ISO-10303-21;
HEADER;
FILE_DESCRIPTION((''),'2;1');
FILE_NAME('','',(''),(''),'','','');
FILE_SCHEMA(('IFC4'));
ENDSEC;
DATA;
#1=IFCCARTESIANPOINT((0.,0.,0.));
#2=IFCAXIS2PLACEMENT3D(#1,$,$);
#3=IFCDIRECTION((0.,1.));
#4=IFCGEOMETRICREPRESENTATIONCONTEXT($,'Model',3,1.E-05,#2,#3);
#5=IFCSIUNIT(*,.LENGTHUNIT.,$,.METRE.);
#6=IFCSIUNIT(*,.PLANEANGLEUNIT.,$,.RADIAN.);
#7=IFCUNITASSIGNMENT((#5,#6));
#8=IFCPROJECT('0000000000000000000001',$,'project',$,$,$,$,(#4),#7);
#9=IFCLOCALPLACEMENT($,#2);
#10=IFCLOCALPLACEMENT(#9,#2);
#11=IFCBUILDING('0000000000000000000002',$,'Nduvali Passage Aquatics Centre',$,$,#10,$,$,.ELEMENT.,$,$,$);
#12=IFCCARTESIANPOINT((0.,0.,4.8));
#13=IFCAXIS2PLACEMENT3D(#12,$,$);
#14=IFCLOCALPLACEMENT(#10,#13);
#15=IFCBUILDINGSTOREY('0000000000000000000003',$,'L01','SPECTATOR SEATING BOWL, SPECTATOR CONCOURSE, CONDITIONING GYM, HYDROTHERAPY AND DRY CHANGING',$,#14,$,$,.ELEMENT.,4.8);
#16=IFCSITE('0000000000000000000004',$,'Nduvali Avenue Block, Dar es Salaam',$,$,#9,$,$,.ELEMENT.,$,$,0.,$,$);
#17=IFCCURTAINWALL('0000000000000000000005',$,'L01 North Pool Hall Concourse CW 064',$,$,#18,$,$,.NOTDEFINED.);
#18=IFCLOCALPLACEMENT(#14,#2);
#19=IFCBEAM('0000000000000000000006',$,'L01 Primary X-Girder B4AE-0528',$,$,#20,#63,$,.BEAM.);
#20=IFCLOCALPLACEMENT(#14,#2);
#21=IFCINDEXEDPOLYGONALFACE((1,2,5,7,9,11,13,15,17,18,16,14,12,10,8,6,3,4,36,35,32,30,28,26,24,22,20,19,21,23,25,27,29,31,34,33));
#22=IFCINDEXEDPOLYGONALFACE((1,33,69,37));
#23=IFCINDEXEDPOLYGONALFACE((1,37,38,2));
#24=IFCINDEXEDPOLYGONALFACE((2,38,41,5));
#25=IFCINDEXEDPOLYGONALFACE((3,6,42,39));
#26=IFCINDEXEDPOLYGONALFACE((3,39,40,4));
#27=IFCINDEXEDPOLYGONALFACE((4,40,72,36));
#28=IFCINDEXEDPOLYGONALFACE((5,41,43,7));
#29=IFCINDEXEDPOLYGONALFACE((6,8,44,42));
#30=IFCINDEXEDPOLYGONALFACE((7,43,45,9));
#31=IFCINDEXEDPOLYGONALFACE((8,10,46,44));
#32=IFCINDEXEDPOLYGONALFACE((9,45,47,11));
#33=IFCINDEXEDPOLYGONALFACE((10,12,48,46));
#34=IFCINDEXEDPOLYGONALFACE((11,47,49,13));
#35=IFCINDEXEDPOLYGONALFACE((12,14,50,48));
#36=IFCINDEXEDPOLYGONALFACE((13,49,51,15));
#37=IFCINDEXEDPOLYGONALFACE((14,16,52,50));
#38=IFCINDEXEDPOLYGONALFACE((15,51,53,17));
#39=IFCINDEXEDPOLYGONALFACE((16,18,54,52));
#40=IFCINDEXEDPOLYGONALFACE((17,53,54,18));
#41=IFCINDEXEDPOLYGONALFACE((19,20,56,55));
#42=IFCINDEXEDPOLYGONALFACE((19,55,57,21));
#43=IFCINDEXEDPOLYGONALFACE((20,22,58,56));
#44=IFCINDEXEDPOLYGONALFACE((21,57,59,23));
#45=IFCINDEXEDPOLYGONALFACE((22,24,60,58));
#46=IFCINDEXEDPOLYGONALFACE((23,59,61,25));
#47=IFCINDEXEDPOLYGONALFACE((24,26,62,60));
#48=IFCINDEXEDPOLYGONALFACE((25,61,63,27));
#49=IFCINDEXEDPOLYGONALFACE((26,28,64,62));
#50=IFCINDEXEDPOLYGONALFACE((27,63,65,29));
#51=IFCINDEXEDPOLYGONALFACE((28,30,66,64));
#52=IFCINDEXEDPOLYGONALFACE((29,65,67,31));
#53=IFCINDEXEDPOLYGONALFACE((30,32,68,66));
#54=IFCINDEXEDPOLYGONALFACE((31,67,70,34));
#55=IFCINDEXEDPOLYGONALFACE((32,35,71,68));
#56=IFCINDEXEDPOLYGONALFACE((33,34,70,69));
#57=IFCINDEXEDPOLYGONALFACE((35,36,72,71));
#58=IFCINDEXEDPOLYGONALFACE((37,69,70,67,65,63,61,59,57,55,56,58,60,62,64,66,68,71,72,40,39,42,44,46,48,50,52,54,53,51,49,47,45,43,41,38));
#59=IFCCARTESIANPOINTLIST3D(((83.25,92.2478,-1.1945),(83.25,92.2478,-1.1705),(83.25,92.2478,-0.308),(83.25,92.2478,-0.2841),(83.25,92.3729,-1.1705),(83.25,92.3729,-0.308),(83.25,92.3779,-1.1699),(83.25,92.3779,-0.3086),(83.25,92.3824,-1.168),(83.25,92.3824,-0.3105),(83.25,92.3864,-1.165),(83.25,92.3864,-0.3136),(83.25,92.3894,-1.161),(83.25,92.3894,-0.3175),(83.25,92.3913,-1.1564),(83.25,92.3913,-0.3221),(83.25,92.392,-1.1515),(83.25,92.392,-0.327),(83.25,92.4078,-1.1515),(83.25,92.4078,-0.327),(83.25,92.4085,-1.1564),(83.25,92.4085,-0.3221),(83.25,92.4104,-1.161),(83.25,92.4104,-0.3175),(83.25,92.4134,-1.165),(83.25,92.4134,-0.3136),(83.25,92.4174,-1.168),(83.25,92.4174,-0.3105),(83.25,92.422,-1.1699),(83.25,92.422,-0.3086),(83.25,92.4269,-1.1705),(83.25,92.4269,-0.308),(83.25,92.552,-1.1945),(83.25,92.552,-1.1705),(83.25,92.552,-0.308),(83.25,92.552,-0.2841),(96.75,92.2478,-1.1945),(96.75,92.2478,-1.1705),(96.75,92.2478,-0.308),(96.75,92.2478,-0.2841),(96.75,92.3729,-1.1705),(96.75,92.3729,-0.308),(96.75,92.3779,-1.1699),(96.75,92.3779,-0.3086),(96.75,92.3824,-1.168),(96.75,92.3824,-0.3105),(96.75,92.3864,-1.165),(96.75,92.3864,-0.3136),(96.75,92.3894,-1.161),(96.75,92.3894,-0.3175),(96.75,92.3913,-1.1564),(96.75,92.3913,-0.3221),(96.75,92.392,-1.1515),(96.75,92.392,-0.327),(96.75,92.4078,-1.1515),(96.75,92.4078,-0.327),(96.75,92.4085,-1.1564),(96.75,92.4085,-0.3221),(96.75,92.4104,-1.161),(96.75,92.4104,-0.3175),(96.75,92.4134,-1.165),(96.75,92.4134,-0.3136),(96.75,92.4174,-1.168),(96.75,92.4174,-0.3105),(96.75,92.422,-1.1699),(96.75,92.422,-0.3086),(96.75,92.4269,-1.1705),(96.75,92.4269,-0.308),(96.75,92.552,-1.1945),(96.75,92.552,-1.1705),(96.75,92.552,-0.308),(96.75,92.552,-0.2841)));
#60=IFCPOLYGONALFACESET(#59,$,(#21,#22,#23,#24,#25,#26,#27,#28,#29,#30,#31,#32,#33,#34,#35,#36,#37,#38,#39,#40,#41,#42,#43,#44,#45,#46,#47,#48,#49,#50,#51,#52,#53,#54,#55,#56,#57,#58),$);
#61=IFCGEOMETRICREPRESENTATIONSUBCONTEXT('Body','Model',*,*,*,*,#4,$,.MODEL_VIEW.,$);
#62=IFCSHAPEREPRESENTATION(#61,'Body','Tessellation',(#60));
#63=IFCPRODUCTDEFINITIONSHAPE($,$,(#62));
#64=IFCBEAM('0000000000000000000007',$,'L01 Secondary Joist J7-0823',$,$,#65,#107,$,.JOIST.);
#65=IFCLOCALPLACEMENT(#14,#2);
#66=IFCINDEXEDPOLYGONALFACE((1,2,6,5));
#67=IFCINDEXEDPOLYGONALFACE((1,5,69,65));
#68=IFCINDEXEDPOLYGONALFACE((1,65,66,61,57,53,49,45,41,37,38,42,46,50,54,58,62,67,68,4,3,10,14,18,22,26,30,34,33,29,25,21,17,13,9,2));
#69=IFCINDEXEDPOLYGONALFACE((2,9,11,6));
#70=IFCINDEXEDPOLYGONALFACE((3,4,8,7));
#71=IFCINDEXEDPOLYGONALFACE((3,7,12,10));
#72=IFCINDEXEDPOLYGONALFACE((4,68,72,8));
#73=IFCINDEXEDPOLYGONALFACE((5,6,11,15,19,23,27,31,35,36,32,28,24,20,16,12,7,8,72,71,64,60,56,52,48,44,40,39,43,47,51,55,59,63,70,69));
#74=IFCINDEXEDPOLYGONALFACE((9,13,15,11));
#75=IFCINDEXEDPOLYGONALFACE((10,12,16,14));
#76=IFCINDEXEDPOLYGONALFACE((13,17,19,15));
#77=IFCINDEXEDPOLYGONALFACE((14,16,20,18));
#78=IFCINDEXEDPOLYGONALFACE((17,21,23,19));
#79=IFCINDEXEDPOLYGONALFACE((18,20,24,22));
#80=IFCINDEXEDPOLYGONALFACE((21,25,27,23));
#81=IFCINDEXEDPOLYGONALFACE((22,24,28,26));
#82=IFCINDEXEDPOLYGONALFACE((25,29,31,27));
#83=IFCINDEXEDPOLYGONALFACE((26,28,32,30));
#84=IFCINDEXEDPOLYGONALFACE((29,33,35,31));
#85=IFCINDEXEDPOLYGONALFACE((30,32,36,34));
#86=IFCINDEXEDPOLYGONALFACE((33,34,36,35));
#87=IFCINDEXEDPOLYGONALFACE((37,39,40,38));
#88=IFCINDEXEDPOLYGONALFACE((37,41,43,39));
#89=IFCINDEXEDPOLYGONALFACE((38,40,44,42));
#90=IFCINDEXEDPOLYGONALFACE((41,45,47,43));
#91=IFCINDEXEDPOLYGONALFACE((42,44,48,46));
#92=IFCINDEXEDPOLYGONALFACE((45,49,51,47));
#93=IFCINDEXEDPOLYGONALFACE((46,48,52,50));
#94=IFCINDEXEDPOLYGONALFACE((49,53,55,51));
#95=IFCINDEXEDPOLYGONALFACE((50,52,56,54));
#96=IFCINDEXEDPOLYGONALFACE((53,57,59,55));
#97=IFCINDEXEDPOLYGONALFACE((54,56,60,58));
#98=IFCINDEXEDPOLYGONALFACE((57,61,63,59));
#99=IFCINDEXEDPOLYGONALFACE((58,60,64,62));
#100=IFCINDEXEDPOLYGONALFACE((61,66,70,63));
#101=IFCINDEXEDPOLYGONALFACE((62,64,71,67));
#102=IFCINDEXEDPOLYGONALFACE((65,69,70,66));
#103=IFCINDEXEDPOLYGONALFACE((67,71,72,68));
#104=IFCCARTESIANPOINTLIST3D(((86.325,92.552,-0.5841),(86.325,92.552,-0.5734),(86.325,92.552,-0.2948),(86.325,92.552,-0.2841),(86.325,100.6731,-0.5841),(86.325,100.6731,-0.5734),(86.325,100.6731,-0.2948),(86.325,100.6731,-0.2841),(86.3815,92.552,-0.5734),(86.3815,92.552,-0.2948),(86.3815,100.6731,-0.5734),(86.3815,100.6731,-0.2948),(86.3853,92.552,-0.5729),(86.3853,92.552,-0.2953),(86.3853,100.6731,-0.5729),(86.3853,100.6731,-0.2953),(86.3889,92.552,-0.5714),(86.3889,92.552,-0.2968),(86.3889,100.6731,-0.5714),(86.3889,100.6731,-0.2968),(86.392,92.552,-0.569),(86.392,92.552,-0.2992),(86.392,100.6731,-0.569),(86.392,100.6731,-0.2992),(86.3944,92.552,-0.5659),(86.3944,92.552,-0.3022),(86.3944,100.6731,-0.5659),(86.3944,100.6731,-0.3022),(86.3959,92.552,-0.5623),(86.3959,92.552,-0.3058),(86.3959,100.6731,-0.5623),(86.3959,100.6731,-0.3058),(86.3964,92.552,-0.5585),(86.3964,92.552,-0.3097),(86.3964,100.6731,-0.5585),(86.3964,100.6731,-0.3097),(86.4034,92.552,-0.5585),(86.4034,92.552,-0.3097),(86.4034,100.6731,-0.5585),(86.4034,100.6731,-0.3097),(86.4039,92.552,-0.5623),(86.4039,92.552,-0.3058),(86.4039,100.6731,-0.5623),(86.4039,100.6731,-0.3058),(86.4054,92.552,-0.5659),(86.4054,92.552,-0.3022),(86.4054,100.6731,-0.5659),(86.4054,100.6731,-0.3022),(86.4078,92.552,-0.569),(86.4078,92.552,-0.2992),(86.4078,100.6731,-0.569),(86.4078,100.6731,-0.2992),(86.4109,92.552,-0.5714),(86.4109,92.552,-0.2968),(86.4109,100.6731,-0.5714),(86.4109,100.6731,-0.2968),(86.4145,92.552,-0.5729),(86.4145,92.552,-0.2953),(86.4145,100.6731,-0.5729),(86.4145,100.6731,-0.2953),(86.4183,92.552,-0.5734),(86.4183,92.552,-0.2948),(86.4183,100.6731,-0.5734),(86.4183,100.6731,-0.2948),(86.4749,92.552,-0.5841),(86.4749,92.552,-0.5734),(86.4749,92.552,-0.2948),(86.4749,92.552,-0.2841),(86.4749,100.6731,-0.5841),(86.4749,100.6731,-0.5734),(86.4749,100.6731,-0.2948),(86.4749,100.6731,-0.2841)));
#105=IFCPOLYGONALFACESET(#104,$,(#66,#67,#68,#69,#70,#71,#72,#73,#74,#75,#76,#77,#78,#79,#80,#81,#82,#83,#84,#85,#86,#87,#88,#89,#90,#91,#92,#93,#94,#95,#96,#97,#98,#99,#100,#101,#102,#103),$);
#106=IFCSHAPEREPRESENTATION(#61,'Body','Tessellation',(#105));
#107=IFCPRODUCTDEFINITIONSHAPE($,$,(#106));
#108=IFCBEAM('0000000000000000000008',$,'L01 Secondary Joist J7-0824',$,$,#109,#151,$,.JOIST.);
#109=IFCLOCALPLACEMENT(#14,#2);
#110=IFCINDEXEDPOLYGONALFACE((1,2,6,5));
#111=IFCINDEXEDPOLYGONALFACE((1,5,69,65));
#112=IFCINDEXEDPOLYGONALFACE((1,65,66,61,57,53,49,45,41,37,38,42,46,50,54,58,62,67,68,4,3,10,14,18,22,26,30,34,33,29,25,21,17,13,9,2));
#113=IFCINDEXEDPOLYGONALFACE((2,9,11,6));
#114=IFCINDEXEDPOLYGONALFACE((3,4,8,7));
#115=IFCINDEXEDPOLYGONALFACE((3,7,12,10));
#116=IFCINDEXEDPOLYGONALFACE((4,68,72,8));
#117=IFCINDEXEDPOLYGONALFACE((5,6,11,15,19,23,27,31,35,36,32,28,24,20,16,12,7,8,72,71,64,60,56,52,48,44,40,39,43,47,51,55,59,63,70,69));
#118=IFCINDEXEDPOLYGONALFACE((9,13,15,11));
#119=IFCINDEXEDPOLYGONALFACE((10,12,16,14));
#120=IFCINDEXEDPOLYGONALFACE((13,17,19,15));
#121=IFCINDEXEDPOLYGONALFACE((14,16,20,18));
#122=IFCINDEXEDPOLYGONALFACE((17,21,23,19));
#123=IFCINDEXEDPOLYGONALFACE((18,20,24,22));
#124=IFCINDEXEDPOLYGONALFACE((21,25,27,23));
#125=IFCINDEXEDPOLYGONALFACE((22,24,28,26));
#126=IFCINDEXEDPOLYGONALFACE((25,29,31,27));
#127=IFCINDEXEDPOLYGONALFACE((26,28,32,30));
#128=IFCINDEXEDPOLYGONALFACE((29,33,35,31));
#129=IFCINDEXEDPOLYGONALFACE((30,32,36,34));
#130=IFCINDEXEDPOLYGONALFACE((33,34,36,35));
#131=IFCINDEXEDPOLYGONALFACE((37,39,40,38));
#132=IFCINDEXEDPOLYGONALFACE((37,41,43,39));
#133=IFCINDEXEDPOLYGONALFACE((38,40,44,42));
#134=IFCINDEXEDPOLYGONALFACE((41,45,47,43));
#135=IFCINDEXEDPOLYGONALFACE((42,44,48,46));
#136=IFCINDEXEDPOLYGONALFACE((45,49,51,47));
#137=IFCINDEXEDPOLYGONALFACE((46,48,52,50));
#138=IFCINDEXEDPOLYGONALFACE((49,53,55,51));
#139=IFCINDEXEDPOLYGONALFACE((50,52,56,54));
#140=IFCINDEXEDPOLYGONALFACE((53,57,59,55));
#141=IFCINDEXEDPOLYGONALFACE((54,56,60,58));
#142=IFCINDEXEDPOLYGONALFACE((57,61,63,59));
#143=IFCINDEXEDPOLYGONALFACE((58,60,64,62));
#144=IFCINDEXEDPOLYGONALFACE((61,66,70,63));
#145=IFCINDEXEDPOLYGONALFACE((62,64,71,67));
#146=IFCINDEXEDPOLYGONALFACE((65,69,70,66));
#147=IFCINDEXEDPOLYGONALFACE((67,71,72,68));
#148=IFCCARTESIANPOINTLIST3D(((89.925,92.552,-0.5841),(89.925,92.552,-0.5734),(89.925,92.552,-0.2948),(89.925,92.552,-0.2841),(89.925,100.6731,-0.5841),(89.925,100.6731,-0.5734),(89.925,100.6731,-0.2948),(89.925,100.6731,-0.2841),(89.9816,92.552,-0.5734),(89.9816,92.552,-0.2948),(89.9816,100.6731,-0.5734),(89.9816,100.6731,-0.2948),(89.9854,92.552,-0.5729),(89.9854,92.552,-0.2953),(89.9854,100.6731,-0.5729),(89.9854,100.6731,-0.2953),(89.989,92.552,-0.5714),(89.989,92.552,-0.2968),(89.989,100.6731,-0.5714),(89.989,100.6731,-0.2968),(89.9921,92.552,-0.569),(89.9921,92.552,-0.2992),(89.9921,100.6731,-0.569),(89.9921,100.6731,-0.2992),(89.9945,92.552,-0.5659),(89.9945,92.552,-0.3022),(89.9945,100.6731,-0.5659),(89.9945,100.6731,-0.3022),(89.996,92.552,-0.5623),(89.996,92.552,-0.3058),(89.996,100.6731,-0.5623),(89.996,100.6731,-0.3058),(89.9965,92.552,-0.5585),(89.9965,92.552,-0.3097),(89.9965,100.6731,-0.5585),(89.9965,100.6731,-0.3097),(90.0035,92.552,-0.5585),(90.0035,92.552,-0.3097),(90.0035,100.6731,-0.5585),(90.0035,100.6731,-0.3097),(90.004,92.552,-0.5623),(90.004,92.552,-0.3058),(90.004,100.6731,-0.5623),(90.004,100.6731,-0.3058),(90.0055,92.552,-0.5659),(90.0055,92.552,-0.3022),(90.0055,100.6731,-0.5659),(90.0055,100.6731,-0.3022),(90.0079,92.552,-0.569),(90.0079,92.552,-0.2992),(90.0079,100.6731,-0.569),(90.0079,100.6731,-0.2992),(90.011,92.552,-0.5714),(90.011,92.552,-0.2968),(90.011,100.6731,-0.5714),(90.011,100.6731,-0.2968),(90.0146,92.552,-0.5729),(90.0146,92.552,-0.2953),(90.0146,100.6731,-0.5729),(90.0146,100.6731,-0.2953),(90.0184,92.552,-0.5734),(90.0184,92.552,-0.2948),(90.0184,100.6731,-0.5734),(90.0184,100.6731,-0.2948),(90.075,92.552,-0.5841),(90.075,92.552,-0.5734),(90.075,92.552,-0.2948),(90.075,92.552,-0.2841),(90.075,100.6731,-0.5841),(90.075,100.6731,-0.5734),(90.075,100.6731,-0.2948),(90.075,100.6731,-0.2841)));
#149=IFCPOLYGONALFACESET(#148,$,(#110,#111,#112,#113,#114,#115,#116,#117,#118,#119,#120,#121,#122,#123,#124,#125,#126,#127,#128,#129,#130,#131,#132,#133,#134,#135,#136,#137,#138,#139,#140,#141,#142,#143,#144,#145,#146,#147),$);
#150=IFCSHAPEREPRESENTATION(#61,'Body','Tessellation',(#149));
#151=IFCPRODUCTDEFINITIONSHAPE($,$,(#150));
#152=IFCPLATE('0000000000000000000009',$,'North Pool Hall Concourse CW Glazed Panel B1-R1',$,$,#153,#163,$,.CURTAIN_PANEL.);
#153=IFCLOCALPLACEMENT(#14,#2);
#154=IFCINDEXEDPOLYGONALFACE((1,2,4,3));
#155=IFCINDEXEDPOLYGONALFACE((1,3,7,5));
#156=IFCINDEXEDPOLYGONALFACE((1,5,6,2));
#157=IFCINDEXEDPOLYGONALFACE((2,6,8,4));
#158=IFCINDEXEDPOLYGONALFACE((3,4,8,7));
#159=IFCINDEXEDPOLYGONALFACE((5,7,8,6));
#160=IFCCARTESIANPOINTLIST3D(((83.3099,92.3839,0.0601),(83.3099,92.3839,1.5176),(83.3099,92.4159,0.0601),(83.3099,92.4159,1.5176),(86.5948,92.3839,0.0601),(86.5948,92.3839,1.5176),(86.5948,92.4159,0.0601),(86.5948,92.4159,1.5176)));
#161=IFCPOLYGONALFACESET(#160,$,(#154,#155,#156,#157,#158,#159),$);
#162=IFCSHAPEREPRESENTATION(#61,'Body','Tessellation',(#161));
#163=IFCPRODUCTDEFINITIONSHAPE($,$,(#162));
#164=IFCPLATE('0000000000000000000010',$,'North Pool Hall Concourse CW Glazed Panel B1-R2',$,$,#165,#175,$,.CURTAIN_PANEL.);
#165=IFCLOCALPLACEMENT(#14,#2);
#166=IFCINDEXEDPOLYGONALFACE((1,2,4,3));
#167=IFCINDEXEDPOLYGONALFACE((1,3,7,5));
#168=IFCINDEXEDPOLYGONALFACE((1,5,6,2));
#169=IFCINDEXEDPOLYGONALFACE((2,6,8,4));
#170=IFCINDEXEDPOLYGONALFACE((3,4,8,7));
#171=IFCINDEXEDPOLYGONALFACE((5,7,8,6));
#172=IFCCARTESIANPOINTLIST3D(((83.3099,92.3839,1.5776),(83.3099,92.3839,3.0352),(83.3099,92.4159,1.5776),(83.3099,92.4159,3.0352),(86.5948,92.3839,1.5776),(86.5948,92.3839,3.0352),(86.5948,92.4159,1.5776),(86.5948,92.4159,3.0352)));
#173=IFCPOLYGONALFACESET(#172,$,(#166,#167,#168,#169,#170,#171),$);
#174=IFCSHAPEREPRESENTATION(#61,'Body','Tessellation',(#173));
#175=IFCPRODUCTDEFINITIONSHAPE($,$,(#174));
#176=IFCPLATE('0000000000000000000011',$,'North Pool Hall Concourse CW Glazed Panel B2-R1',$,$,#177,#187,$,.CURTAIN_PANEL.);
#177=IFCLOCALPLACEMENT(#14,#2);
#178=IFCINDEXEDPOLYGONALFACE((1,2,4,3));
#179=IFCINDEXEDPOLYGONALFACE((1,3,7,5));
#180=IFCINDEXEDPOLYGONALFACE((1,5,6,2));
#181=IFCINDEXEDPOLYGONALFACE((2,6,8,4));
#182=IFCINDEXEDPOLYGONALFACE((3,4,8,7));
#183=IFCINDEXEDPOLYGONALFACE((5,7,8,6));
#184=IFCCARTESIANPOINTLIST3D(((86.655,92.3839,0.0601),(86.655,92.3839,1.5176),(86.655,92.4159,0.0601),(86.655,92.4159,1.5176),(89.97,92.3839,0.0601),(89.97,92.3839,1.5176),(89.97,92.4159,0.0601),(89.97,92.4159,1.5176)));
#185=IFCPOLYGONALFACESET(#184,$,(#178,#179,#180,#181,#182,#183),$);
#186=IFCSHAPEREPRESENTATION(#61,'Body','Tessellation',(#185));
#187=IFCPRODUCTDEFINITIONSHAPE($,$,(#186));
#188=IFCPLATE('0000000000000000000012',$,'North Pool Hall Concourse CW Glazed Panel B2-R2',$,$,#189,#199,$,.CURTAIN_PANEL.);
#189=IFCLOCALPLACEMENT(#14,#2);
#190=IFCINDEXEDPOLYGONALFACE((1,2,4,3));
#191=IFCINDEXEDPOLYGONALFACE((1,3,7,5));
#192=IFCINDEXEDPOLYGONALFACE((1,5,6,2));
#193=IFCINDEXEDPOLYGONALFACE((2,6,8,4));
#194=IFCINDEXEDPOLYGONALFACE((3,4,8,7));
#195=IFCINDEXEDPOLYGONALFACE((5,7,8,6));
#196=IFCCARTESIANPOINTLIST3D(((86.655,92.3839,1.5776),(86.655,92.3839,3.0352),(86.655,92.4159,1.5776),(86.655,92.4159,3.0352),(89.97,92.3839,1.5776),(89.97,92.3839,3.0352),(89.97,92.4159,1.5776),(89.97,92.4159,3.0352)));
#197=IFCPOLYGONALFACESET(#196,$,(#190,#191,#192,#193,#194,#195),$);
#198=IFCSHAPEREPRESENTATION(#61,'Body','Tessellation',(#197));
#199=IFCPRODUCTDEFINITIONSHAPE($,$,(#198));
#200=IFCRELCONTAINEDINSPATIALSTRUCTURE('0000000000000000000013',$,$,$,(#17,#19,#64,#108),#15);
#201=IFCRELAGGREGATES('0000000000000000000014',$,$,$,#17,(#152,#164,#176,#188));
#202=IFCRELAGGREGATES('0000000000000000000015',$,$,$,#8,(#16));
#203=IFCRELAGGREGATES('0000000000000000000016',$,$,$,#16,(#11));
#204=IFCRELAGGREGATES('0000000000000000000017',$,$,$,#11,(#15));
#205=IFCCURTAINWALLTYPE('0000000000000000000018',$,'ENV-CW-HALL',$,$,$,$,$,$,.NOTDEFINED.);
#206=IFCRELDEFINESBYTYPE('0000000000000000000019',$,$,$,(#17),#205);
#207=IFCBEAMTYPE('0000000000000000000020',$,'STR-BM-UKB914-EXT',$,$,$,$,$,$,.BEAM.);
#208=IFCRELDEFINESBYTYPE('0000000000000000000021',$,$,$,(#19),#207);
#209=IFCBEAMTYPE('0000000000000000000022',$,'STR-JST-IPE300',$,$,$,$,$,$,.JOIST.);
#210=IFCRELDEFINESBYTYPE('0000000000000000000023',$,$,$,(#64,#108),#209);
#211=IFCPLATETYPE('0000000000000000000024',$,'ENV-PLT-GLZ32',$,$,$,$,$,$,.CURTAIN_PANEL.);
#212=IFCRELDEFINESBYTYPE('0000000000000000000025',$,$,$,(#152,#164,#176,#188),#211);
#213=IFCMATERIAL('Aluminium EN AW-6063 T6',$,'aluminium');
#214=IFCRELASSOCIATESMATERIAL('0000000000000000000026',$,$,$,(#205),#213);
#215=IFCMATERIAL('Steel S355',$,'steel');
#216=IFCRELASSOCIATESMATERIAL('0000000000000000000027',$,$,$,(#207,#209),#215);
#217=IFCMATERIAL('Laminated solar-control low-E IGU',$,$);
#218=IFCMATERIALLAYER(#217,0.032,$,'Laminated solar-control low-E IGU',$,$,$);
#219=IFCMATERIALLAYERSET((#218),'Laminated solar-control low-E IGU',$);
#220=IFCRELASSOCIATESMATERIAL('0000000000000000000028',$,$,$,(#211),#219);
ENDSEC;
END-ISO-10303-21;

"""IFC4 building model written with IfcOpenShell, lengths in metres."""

from ifc_helpers import new_model, si_unit, direction, frame, origin, origin_2d, place, context, subcontext, project, spatial, rectangle, i_section, extrude, material, layer, layer_set, material_profile, profile_set, type_object, element, aggregate, save


model = new_model("IFC4")

# Units and contexts
model_context = context("Model", 3, precision=1e-05, world=origin(), true_north=direction((0.0, 1.0)))
body_context = subcontext(model_context, "Body", "Model", "MODEL_VIEW")
ifc_project = project(units=[si_unit("LENGTHUNIT", "METRE"), si_unit("PLANEANGLEUNIT", "RADIAN")], contexts=[model_context])

# Site, building, storey
site_placement = place(None, origin())
site = spatial("IfcSite", under=ifc_project, at=site_placement, Name="Nduvali Avenue Block, Dar es Salaam", CompositionType="ELEMENT", RefElevation=0.0)
building_placement = place(site_placement, origin())
building = spatial("IfcBuilding", under=site, at=building_placement, Name="Nduvali Passage Aquatics Centre", CompositionType="ELEMENT")
storey_placement = place(building_placement, frame((0.0, 0.0, 4.8)))
storey = spatial("IfcBuildingStorey", under=building, at=storey_placement, Name="L01", Description="SPECTATOR SEATING BOWL, SPECTATOR CONCOURSE, CONDITIONING GYM, HYDROTHERAPY AND DRY CHANGING", CompositionType="ELEMENT", Elevation=4.8)

# Shared definitions
ifc_material_1 = material(Name="Steel S355", Category="steel")

# Curtain wall
ifc_material_2 = material(Name="Aluminium EN AW-6063 T6", Category="aluminium")
curtain_wall_type = type_object("IfcCurtainWallType", Name="ENV-CW-HALL", PredefinedType="NOTDEFINED", material=ifc_material_2)
curtain_wall_placement = place(storey_placement, origin())
curtain_wall = element("IfcCurtainWall", 1, at=curtain_wall_placement, inside=storey, type_object=curtain_wall_type, Name="L01 North Pool Hall Concourse CW 064", PredefinedType="NOTDEFINED")

# Beams
ifc_material_profile_1 = material_profile(ifc_material_1, i_section(OverallWidth=0.3042, OverallDepth=0.9104, WebThickness=0.0159, FlangeThickness=0.0239, FilletRadius=0.019, at=origin_2d()), Name="UKB 914x305x224")
ifc_profile_set_1 = profile_set([ifc_material_profile_1], Name="Steel S355")
beam_type_1 = type_object("IfcBeamType", Name="STR-BM-UKB914-EXT", PredefinedType="BEAM", material=ifc_profile_set_1)
beam_placement = place(storey_placement, frame((83.25, 92.3999, -0.7393), z_axis=(1.0, 0.0, 0.0), x_axis=(0.0, 1.0, 0.0)))
element("IfcBeam", 2, at=beam_placement, inside=storey, type_object=beam_type_1, Name="L01 Primary X-Girder B4AE-0528", PredefinedType="BEAM", context=body_context, shape_type="SweptSolid", body=[
    extrude(i_section(OverallWidth=0.3042, OverallDepth=0.9104, WebThickness=0.0159, FlangeThickness=0.0239, FilletRadius=0.019, at=origin_2d()), origin(), (0.0, 0.0, 1.0), 13.5),
])
ifc_material_profile_2 = material_profile(ifc_material_1, i_section(OverallWidth=0.1499, OverallDepth=0.3, WebThickness=0.0071, FlangeThickness=0.0107, FilletRadius=0.0149, at=origin_2d()), Name="IPE 300")
ifc_profile_set_2 = profile_set([ifc_material_profile_2], Name="Steel S355")
beam_type_2 = type_object("IfcBeamType", Name="STR-JST-IPE300", PredefinedType="JOIST", material=ifc_profile_set_2)
for number, where, z_axis, x_axis, name in (
    (3, (86.3999, 92.552, -0.4341), (0.0, 1.0, 0.0), (-1.0, 0.0, 0.0), "L01 Secondary Joist J7-0823"),
    (4, (90.0, 92.552, -0.4341), (0.0, 1.0, 0.0), (-1.0, 0.0, 0.0), "L01 Secondary Joist J7-0824"),
):
    element("IfcBeam", number, at=place(storey_placement, frame(where, z_axis=z_axis, x_axis=x_axis)), inside=storey, type_object=beam_type_2, Name=name, PredefinedType="JOIST", context=body_context, shape_type="SweptSolid", body=[
        extrude(i_section(OverallWidth=0.1499, OverallDepth=0.3, WebThickness=0.0071, FlangeThickness=0.0107, FilletRadius=0.0149, at=origin_2d()), origin(), (0.0, 0.0, 1.0), 8.1211),
    ])

# Plates
ifc_material_3 = material(Name="Laminated solar-control low-E IGU")
ifc_layer_1 = layer(ifc_material_3, 0.032, Name="Laminated solar-control low-E IGU")
ifc_layer_set_1 = layer_set([ifc_layer_1], Name="Laminated solar-control low-E IGU")
plate_type = type_object("IfcPlateType", Name="ENV-PLT-GLZ32", PredefinedType="CURTAIN_PANEL", material=ifc_layer_set_1)
plate_1_placement = place(storey_placement, frame((84.9524, 92.3999, 0.0601), z_axis=(0.0, 0.0, 1.0), x_axis=(1.0, 0.0, 0.0)))
plate_1 = element("IfcPlate", 5, at=plate_1_placement, type_object=plate_type, Name="North Pool Hall Concourse CW Glazed Panel B1-R1", PredefinedType="CURTAIN_PANEL", context=body_context, shape_type="SweptSolid", body=[
    extrude(rectangle(XDim=3.2849, YDim=0.032, at=origin_2d()), origin(), (0.0, 0.0, 1.0), 1.4575),
])
plate_2_placement = place(storey_placement, frame((84.9524, 92.3999, 1.5776), z_axis=(0.0, 0.0, 1.0), x_axis=(1.0, 0.0, 0.0)))
plate_2 = element("IfcPlate", 6, at=plate_2_placement, type_object=plate_type, Name="North Pool Hall Concourse CW Glazed Panel B1-R2", PredefinedType="CURTAIN_PANEL", context=body_context, shape_type="SweptSolid", body=[
    extrude(rectangle(XDim=3.2849, YDim=0.032, at=origin_2d()), origin(), (0.0, 0.0, 1.0), 1.4575),
])
plate_3_placement = place(storey_placement, frame((88.3125, 92.3999, 0.0601), z_axis=(0.0, 0.0, 1.0), x_axis=(1.0, 0.0, 0.0)))
plate_3 = element("IfcPlate", 7, at=plate_3_placement, type_object=plate_type, Name="North Pool Hall Concourse CW Glazed Panel B2-R1", PredefinedType="CURTAIN_PANEL", context=body_context, shape_type="SweptSolid", body=[
    extrude(rectangle(XDim=3.3149, YDim=0.032, at=origin_2d()), origin(), (0.0, 0.0, 1.0), 1.4575),
])
plate_4_placement = place(storey_placement, frame((88.3125, 92.3999, 1.5776), z_axis=(0.0, 0.0, 1.0), x_axis=(1.0, 0.0, 0.0)))
plate_4 = element("IfcPlate", 8, at=plate_4_placement, type_object=plate_type, Name="North Pool Hall Concourse CW Glazed Panel B2-R2", PredefinedType="CURTAIN_PANEL", context=body_context, shape_type="SweptSolid", body=[
    extrude(rectangle(XDim=3.3149, YDim=0.032, at=origin_2d()), origin(), (0.0, 0.0, 1.0), 1.4575),
])
aggregate(curtain_wall, [plate_1, plate_2, plate_3, plate_4])

save(model, "model.ifc")
